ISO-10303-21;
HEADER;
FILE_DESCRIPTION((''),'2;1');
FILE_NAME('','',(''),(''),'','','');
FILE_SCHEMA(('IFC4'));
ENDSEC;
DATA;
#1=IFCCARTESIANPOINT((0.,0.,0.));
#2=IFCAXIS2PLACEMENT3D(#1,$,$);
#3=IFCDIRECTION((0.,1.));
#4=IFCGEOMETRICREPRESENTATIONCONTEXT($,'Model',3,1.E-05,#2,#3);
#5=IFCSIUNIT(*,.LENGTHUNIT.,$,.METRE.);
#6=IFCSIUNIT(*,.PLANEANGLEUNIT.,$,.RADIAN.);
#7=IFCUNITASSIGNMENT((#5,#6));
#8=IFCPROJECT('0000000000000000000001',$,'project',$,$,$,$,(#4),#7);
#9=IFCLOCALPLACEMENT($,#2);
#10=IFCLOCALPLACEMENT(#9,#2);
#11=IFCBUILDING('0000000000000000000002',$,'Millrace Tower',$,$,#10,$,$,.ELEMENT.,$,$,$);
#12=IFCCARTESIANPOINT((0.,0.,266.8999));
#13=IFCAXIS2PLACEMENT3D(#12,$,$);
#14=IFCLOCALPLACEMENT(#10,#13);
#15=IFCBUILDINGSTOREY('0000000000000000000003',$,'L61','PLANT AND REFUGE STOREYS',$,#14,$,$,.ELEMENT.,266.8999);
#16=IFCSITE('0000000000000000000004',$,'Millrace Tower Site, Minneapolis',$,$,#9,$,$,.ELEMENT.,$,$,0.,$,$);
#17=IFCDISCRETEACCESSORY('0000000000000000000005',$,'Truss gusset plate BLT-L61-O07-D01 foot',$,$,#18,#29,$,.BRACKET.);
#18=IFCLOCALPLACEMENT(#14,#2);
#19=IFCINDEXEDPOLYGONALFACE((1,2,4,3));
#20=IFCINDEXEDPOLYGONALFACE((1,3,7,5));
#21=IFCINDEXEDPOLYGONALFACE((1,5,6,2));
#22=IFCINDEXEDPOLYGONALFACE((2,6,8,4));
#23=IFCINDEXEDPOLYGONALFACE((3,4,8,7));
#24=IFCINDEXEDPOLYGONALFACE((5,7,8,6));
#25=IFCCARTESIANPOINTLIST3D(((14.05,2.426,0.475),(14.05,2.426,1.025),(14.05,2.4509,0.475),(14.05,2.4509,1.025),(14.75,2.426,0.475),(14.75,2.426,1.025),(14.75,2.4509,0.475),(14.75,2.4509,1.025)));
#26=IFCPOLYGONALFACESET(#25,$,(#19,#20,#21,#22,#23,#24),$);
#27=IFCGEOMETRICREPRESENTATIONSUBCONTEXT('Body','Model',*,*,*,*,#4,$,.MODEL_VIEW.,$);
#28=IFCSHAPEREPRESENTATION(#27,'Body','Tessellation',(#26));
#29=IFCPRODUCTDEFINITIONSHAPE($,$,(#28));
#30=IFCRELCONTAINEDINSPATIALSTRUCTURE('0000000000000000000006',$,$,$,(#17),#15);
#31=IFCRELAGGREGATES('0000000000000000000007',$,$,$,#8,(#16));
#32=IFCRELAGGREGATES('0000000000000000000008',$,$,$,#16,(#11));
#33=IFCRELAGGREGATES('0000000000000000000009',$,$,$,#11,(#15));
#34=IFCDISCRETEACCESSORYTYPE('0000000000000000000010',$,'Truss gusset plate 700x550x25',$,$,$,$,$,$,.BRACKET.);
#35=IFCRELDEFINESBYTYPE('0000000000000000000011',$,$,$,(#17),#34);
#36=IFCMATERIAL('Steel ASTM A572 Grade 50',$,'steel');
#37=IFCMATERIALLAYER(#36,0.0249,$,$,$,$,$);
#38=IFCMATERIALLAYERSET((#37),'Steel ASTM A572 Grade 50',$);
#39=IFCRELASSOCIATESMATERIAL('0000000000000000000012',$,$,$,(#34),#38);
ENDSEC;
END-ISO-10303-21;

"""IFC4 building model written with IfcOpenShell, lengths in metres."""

from ifc_helpers import new_model, si_unit, direction, frame, origin, origin_2d, place, context, subcontext, project, spatial, rectangle, extrude, material, layer, layer_set, type_object, element, save


model = new_model("IFC4")

# Units and contexts
model_context = context("Model", 3, precision=1e-05, world=origin(), true_north=direction((0.0, 1.0)))
body_context = subcontext(model_context, "Body", "Model", "MODEL_VIEW")
ifc_project = project(units=[si_unit("LENGTHUNIT", "METRE"), si_unit("PLANEANGLEUNIT", "RADIAN")], contexts=[model_context])

# Site, building, storey
site_placement = place(None, origin())
site = spatial("IfcSite", under=ifc_project, at=site_placement, Name="Millrace Tower Site, Minneapolis", CompositionType="ELEMENT", RefElevation=0.0)
building_placement = place(site_placement, origin())
building = spatial("IfcBuilding", under=site, at=building_placement, Name="Millrace Tower", CompositionType="ELEMENT")
storey_placement = place(building_placement, frame((0.0, 0.0, 266.8999)))
storey = spatial("IfcBuildingStorey", under=building, at=storey_placement, Name="L61", Description="PLANT AND REFUGE STOREYS", CompositionType="ELEMENT", Elevation=266.8999)

# Discrete accessory
ifc_material_1 = material(Name="Steel ASTM A572 Grade 50", Category="steel")
ifc_layer_1 = layer(ifc_material_1, 0.0249)
ifc_layer_set_1 = layer_set([ifc_layer_1], Name="Steel ASTM A572 Grade 50")
discrete_accessory_type_1 = type_object("IfcDiscreteAccessoryType", Name="Truss gusset plate 700x550x25", PredefinedType="BRACKET", material=ifc_layer_set_1)
discrete_accessory_1_placement = place(storey_placement, frame((14.05, 2.4385, 0.75), z_axis=(1.0, 0.0, 0.0), x_axis=(0.0, 1.0, 0.0)))
element("IfcDiscreteAccessory", 1, at=discrete_accessory_1_placement, inside=storey, type_object=discrete_accessory_type_1, Name="Truss gusset plate BLT-L61-O07-D01 foot", PredefinedType="BRACKET", context=body_context, shape_type="SweptSolid", body=[
    extrude(rectangle(XDim=0.0249, YDim=0.55, at=origin_2d()), origin(), (0.0, 0.0, 1.0), 0.7),
])

save(model, "model.ifc")
